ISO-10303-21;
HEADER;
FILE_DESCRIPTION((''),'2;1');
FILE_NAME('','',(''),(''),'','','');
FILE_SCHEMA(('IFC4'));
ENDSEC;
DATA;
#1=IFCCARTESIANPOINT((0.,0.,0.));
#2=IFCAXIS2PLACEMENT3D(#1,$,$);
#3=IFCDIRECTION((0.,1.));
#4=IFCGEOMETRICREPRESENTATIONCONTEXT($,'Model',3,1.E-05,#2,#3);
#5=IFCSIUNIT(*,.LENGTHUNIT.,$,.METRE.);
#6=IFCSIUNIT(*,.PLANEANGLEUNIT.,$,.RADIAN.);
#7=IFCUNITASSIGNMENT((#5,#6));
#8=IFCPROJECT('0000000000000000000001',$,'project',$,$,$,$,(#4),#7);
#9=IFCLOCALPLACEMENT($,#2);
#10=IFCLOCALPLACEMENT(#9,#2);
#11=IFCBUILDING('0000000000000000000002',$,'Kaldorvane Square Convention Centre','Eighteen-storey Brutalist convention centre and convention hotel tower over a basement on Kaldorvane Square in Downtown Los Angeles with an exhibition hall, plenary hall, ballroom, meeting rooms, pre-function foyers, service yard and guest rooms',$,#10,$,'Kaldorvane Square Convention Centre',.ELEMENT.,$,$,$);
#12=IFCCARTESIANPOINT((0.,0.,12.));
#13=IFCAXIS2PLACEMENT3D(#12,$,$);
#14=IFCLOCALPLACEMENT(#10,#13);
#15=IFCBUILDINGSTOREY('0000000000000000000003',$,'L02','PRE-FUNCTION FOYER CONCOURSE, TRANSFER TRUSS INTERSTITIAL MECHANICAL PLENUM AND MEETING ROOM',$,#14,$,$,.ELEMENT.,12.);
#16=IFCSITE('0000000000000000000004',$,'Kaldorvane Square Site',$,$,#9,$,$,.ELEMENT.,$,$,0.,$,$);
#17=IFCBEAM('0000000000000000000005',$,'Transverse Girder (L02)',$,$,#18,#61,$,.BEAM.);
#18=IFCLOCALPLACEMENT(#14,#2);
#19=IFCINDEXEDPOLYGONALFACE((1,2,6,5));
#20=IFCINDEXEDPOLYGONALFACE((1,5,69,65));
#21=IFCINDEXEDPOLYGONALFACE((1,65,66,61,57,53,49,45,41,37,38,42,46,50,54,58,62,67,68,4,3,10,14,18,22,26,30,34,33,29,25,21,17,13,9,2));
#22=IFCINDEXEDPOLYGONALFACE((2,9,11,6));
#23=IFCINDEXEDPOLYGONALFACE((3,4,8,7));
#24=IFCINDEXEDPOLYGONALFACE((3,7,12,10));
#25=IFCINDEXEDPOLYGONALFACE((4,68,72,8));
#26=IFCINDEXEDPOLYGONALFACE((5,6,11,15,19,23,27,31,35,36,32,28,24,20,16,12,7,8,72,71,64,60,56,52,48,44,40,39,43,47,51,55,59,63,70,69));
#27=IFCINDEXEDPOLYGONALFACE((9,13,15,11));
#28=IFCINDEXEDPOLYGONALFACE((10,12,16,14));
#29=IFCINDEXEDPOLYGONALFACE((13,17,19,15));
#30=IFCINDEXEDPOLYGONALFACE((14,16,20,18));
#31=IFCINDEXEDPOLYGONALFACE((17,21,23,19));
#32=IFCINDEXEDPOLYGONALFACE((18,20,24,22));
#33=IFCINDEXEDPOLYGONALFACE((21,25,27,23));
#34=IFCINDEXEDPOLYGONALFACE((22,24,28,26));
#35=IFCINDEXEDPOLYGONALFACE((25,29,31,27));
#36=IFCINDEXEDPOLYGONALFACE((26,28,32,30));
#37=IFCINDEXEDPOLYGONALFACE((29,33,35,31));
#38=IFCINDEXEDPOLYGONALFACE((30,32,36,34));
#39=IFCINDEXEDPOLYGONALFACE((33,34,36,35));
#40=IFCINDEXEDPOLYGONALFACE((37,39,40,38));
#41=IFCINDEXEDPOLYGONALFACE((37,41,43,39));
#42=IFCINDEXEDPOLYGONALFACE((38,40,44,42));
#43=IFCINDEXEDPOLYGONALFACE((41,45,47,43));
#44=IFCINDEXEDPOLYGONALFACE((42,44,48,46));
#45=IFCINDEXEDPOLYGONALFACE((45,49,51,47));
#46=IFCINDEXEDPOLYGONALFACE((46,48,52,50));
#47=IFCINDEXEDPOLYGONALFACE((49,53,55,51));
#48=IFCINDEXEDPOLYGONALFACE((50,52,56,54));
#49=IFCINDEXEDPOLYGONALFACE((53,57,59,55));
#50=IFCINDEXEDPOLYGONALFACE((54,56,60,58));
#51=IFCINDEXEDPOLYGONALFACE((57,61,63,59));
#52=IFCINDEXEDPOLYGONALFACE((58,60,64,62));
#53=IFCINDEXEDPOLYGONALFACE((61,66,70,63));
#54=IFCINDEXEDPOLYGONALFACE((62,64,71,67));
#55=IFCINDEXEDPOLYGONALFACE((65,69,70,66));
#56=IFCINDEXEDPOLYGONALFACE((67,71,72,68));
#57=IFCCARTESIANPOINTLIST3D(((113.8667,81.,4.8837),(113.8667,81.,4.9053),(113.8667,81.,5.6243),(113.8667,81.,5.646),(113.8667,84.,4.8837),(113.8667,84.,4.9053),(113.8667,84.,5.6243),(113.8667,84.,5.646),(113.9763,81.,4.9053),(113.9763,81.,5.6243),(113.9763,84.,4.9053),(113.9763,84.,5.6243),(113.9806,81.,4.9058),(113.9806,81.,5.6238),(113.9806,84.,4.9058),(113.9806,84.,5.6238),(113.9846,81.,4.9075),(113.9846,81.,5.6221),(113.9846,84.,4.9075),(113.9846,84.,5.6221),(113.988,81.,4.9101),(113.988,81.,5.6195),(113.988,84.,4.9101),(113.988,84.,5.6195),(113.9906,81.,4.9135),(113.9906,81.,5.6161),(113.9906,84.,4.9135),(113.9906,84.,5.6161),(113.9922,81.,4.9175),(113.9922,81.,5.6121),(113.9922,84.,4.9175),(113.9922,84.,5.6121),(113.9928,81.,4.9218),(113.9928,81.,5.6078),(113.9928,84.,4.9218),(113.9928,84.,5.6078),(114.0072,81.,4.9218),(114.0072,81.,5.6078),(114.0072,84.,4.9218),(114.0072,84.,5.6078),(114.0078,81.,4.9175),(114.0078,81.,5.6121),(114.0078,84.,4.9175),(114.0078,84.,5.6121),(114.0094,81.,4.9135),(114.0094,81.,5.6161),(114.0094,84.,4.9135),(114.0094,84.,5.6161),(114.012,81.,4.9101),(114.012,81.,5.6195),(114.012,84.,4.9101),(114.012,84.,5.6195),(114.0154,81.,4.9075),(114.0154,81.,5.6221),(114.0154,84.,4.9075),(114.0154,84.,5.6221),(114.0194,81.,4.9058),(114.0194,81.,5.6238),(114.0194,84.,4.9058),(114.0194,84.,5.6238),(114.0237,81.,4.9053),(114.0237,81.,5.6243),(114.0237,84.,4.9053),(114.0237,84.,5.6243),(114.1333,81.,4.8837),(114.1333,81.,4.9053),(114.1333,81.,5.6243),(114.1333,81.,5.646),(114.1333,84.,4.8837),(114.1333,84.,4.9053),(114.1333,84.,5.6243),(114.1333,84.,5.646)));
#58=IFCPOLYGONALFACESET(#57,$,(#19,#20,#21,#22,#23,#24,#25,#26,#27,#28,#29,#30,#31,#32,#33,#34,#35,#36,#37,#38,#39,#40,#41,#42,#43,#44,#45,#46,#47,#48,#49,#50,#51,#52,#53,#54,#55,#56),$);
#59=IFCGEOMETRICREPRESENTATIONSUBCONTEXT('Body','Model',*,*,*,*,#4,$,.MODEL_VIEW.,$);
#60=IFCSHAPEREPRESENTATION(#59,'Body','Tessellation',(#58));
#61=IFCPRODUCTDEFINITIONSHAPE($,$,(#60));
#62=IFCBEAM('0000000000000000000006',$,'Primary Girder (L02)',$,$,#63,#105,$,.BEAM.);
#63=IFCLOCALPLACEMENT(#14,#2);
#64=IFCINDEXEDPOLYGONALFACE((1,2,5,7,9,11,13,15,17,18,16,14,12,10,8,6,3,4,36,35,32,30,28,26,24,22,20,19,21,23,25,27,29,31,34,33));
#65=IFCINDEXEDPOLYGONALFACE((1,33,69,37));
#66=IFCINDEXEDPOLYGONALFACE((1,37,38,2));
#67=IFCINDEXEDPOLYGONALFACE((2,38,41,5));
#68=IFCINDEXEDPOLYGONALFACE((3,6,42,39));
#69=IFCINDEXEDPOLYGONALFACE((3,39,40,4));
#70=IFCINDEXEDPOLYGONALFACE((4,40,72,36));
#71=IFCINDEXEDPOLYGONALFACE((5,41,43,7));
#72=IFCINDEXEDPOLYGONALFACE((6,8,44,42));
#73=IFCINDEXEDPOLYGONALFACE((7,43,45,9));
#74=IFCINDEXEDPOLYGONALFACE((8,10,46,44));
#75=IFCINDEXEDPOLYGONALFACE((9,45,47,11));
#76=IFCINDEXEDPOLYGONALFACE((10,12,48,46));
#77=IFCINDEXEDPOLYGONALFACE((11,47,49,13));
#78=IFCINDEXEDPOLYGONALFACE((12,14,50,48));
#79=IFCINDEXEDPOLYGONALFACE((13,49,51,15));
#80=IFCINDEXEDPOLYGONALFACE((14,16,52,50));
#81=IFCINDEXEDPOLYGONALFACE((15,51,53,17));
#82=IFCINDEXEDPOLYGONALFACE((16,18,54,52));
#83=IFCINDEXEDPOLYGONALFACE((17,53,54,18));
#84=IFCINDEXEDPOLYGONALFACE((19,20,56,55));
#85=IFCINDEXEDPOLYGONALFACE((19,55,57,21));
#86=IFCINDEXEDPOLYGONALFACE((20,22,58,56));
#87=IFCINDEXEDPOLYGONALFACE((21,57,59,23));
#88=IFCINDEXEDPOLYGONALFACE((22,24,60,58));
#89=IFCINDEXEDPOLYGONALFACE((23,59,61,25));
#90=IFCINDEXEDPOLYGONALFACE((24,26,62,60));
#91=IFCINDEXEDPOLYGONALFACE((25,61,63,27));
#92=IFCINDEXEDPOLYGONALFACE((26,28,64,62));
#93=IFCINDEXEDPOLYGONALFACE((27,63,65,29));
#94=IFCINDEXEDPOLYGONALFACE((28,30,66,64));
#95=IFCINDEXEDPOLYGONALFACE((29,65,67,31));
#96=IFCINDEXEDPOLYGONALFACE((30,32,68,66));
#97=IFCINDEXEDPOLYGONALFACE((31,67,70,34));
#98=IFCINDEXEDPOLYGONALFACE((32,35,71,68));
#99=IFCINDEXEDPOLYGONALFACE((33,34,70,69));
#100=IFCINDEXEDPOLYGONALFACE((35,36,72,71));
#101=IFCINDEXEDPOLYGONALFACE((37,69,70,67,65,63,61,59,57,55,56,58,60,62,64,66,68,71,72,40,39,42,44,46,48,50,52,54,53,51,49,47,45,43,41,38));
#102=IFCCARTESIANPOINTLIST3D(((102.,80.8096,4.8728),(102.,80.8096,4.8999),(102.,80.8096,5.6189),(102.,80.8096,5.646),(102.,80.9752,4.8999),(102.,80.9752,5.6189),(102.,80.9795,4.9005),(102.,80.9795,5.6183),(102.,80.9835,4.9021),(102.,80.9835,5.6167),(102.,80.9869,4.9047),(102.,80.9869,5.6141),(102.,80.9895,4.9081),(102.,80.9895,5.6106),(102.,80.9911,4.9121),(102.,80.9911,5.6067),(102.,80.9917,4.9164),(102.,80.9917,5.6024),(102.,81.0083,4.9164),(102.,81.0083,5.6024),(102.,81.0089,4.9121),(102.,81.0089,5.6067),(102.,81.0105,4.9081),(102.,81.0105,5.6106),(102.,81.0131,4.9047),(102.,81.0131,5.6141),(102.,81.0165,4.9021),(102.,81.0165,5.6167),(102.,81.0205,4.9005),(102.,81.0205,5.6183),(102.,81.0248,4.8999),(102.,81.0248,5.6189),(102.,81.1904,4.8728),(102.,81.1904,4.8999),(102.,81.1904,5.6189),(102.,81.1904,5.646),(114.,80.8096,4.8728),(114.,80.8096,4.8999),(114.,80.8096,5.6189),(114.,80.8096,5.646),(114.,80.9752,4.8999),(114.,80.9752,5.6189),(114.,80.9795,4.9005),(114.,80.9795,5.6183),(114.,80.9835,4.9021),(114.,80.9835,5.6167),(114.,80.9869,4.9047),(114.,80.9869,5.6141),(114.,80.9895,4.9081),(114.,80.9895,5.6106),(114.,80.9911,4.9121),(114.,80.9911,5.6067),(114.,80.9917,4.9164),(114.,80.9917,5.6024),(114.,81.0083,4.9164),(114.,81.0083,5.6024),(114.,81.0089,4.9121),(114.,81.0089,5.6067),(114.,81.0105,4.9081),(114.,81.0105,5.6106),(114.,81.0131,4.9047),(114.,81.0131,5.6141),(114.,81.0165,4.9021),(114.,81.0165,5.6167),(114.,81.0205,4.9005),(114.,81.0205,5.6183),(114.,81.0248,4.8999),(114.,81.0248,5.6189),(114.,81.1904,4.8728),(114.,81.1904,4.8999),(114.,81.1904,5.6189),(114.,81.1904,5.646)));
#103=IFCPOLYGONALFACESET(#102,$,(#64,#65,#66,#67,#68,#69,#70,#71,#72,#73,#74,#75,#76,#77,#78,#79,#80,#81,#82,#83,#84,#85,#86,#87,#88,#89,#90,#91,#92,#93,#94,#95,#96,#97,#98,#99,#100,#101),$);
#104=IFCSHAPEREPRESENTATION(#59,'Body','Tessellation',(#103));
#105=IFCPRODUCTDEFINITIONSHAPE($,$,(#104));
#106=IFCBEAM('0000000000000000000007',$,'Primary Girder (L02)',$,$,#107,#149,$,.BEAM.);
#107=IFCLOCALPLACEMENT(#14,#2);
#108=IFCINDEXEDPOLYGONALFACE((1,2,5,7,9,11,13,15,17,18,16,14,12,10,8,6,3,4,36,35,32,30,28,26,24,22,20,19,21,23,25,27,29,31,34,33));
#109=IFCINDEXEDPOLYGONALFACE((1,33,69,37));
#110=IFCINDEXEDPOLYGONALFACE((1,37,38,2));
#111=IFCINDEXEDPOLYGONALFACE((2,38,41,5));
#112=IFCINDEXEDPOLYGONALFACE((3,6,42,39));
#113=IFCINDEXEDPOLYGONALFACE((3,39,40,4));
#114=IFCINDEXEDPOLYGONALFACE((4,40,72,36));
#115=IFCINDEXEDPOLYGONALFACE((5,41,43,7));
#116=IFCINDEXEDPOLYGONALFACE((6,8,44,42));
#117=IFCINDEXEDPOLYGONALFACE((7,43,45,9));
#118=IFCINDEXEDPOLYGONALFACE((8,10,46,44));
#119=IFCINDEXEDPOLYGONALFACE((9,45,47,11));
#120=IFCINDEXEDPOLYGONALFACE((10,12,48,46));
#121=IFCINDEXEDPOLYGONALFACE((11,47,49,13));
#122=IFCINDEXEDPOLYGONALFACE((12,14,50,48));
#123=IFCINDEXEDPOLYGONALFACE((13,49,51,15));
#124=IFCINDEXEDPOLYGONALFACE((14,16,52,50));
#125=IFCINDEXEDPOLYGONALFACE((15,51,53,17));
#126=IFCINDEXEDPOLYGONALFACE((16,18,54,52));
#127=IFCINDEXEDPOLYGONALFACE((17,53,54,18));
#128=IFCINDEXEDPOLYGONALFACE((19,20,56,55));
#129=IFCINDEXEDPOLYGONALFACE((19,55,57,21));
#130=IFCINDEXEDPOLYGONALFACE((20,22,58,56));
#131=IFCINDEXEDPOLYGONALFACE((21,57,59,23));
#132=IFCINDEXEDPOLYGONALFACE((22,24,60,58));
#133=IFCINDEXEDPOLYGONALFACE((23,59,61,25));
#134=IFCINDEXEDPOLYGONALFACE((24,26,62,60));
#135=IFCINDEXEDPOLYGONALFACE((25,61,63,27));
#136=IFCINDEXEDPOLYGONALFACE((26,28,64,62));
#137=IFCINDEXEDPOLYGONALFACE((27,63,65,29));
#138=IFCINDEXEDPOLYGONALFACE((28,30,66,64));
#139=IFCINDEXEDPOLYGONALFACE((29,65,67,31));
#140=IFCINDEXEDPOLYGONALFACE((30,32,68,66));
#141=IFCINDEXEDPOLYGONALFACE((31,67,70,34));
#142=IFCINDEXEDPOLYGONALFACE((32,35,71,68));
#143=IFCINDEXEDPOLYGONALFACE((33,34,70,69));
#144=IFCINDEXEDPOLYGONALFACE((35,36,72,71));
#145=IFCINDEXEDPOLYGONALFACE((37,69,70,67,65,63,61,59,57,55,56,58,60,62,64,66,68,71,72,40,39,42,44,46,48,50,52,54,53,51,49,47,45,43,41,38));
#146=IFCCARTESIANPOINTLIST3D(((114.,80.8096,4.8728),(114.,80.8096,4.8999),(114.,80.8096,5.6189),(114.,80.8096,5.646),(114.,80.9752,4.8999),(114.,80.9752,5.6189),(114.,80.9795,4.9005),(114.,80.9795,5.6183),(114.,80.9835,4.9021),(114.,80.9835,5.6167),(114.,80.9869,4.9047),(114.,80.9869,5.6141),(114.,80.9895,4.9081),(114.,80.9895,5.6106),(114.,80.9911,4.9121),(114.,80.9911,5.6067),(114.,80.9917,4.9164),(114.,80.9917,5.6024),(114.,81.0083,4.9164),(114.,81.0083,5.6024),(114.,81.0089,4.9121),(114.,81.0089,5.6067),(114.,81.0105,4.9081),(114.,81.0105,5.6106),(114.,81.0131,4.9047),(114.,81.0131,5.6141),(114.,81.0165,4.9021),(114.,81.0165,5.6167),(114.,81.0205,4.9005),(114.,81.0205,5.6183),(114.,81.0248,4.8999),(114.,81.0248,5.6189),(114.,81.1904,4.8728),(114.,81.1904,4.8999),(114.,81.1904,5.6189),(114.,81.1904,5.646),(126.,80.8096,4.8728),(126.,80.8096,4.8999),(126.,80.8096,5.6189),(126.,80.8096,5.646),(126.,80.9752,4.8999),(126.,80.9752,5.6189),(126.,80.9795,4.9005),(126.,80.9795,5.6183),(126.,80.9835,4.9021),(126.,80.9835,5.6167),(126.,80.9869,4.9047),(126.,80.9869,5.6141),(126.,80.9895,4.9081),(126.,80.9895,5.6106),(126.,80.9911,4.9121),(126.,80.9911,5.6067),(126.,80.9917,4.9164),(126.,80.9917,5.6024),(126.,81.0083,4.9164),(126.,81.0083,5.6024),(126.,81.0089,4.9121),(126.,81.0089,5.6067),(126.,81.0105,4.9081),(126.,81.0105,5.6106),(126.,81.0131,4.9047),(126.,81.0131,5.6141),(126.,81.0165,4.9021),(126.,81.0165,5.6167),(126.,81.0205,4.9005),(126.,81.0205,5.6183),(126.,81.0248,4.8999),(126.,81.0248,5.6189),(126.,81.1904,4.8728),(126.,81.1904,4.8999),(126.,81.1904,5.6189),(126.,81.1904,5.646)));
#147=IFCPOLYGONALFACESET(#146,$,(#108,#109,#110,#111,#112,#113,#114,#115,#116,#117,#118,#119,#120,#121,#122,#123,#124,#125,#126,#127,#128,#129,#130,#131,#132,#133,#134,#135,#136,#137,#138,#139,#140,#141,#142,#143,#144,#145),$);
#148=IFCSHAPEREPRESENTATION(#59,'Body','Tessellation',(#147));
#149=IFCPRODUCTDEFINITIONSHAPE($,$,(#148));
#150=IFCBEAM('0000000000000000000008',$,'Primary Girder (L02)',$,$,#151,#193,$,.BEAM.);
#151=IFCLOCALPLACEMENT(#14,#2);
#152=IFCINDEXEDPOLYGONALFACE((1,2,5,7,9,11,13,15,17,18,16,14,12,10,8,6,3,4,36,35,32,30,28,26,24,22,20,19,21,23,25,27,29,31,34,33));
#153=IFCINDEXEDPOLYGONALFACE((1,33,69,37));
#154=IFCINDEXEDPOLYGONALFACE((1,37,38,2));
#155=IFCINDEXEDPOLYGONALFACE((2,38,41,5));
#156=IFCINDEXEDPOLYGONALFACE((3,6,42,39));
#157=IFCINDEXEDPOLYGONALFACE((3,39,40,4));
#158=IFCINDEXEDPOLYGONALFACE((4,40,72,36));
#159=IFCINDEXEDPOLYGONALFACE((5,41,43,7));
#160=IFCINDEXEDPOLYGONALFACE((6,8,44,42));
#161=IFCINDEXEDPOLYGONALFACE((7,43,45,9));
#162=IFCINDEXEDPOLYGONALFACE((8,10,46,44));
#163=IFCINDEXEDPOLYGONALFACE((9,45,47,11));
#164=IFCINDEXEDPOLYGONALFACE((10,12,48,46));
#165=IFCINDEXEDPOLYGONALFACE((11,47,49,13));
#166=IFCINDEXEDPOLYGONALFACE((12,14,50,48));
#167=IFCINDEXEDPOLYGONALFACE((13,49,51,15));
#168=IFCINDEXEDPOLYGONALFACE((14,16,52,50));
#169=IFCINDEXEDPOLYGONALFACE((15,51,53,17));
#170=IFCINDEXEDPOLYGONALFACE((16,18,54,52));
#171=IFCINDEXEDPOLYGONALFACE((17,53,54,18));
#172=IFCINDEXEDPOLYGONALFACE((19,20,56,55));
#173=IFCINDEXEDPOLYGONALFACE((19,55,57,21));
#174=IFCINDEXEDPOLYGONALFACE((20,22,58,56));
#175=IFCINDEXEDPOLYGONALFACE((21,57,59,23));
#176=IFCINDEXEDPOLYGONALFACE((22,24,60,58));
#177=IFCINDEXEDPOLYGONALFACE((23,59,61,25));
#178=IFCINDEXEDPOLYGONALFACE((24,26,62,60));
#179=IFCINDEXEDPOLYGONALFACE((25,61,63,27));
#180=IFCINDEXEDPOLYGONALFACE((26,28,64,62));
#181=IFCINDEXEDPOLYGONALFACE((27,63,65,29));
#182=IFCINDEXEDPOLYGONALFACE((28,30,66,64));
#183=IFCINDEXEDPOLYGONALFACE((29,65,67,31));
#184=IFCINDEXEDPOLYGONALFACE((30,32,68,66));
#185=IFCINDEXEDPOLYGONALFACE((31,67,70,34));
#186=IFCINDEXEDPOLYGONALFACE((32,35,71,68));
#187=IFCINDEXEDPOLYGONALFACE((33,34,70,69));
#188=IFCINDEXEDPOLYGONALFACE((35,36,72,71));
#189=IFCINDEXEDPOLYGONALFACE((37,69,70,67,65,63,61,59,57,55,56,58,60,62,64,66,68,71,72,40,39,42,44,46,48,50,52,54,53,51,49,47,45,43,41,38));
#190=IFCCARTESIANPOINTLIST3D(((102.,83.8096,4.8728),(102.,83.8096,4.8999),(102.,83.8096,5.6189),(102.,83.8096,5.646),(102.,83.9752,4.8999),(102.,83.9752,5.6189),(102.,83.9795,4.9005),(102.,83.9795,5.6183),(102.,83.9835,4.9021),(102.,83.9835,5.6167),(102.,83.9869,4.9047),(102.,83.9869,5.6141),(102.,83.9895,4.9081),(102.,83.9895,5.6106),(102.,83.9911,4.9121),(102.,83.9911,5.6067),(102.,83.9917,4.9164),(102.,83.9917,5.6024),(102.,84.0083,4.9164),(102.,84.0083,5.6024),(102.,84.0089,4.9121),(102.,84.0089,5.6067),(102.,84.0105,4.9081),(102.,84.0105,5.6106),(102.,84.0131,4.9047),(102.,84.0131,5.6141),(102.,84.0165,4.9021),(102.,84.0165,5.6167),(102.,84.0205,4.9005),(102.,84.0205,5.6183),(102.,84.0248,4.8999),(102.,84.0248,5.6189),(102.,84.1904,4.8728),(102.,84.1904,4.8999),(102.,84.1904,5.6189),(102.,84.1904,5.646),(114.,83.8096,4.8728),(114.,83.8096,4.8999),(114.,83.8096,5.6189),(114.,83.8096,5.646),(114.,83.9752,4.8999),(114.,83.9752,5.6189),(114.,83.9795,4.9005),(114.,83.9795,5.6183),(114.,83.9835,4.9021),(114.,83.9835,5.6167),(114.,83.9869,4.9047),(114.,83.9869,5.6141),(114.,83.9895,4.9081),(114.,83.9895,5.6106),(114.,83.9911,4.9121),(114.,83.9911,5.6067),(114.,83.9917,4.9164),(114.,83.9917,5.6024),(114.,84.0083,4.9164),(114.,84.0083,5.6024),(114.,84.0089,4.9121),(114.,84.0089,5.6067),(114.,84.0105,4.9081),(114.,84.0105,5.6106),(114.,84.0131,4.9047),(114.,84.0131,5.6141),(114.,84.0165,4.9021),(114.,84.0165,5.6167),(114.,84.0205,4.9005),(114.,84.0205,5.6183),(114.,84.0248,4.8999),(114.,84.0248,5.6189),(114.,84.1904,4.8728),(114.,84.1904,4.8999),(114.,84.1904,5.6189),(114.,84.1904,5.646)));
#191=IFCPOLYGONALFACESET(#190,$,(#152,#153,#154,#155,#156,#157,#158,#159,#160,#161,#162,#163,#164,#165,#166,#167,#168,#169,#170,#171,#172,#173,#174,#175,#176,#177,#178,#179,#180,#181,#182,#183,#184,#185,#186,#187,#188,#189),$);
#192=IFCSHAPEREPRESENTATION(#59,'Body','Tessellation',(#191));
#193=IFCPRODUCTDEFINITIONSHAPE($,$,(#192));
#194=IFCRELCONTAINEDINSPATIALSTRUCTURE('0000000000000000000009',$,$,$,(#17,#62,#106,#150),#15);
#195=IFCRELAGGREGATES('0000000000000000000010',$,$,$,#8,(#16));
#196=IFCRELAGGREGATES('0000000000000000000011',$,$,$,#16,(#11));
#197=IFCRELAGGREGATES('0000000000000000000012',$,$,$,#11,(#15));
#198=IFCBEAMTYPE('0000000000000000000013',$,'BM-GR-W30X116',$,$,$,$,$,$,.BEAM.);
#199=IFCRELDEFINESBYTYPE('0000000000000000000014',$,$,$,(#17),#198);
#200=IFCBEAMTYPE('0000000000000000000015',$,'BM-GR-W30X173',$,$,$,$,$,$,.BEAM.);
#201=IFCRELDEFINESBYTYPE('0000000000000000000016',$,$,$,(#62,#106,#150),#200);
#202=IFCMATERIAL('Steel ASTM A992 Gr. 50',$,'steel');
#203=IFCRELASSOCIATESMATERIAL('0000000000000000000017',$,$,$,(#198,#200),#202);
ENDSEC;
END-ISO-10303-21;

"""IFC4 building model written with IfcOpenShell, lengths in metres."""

from ifc_helpers import new_model, si_unit, direction, frame, origin, origin_2d, place, context, subcontext, project, spatial, i_section, extrude, material, material_profile, profile_set, type_object, element, save


model = new_model("IFC4")

# Units and contexts
model_context = context("Model", 3, precision=1e-05, world=origin(), true_north=direction((0.0, 1.0)))
body_context = subcontext(model_context, "Body", "Model", "MODEL_VIEW")
ifc_project = project(units=[si_unit("LENGTHUNIT", "METRE"), si_unit("PLANEANGLEUNIT", "RADIAN")], contexts=[model_context])

# Site, building, storey
site_placement = place(None, origin())
site = spatial("IfcSite", under=ifc_project, at=site_placement, Name="Kaldorvane Square Site", CompositionType="ELEMENT", RefElevation=0.0)
building_placement = place(site_placement, origin())
building = spatial("IfcBuilding", under=site, at=building_placement, Name="Kaldorvane Square Convention Centre", Description="Eighteen-storey Brutalist convention centre and convention hotel tower over a basement on Kaldorvane Square in Downtown Los Angeles with an exhibition hall, plenary hall, ballroom, meeting rooms, pre-function foyers, service yard and guest rooms", LongName="Kaldorvane Square Convention Centre", CompositionType="ELEMENT")
storey_placement = place(building_placement, frame((0.0, 0.0, 12.0)))
storey = spatial("IfcBuildingStorey", under=building, at=storey_placement, Name="L02", Description="PRE-FUNCTION FOYER CONCOURSE, TRANSFER TRUSS INTERSTITIAL MECHANICAL PLENUM AND MEETING ROOM", CompositionType="ELEMENT", Elevation=12.0)

# Shared definitions
ifc_material_1 = material(Name="Steel ASTM A992 Gr. 50", Category="steel")

# Beams
ifc_material_profile_1 = material_profile(ifc_material_1, i_section(OverallWidth=0.2666, OverallDepth=0.7623, WebThickness=0.0144, FlangeThickness=0.0216, FilletRadius=0.0165, at=origin_2d()), Name="W30X116")
ifc_profile_set_1 = profile_set([ifc_material_profile_1], Name="Steel ASTM A992 Gr. 50")
beam_type_1 = type_object("IfcBeamType", Name="BM-GR-W30X116", PredefinedType="BEAM", material=ifc_profile_set_1)
beam_1_placement = place(storey_placement, frame((114.0, 81.0, 5.2648), z_axis=(0.0, 1.0, 0.0), x_axis=(-1.0, 0.0, 0.0)))
element("IfcBeam", 1, at=beam_1_placement, inside=storey, type_object=beam_type_1, Name="Transverse Girder (L02)", PredefinedType="BEAM", context=body_context, shape_type="SweptSolid", body=[
    extrude(i_section(OverallWidth=0.2666, OverallDepth=0.7623, WebThickness=0.0144, FlangeThickness=0.0216, FilletRadius=0.0165, at=origin_2d()), origin(), (0.0, 0.0, 1.0), 3.0),
])
ifc_material_profile_2 = material_profile(ifc_material_1, i_section(OverallWidth=0.3807, OverallDepth=0.7732, WebThickness=0.0166, FlangeThickness=0.0271, FilletRadius=0.0165, at=origin_2d()), Name="W30X173")
ifc_profile_set_2 = profile_set([ifc_material_profile_2], Name="Steel ASTM A992 Gr. 50")
beam_type_2 = type_object("IfcBeamType", Name="BM-GR-W30X173", PredefinedType="BEAM", material=ifc_profile_set_2)
for number, where, z_axis, x_axis, name in (
    (2, (102.0, 81.0, 5.2594), (1.0, 0.0, 0.0), (0.0, 1.0, 0.0), "Primary Girder (L02)"),
    (3, (114.0, 81.0, 5.2594), (1.0, 0.0, 0.0), (0.0, 1.0, 0.0), "Primary Girder (L02)"),
    (4, (102.0, 84.0, 5.2594), (1.0, 0.0, 0.0), (0.0, 1.0, 0.0), "Primary Girder (L02)"),
):
    element("IfcBeam", number, at=place(storey_placement, frame(where, z_axis=z_axis, x_axis=x_axis)), inside=storey, type_object=beam_type_2, Name=name, PredefinedType="BEAM", context=body_context, shape_type="SweptSolid", body=[
        extrude(i_section(OverallWidth=0.3807, OverallDepth=0.7732, WebThickness=0.0166, FlangeThickness=0.0271, FilletRadius=0.0165, at=origin_2d()), origin(), (0.0, 0.0, 1.0), 12.0),
    ])

save(model, "model.ifc")
